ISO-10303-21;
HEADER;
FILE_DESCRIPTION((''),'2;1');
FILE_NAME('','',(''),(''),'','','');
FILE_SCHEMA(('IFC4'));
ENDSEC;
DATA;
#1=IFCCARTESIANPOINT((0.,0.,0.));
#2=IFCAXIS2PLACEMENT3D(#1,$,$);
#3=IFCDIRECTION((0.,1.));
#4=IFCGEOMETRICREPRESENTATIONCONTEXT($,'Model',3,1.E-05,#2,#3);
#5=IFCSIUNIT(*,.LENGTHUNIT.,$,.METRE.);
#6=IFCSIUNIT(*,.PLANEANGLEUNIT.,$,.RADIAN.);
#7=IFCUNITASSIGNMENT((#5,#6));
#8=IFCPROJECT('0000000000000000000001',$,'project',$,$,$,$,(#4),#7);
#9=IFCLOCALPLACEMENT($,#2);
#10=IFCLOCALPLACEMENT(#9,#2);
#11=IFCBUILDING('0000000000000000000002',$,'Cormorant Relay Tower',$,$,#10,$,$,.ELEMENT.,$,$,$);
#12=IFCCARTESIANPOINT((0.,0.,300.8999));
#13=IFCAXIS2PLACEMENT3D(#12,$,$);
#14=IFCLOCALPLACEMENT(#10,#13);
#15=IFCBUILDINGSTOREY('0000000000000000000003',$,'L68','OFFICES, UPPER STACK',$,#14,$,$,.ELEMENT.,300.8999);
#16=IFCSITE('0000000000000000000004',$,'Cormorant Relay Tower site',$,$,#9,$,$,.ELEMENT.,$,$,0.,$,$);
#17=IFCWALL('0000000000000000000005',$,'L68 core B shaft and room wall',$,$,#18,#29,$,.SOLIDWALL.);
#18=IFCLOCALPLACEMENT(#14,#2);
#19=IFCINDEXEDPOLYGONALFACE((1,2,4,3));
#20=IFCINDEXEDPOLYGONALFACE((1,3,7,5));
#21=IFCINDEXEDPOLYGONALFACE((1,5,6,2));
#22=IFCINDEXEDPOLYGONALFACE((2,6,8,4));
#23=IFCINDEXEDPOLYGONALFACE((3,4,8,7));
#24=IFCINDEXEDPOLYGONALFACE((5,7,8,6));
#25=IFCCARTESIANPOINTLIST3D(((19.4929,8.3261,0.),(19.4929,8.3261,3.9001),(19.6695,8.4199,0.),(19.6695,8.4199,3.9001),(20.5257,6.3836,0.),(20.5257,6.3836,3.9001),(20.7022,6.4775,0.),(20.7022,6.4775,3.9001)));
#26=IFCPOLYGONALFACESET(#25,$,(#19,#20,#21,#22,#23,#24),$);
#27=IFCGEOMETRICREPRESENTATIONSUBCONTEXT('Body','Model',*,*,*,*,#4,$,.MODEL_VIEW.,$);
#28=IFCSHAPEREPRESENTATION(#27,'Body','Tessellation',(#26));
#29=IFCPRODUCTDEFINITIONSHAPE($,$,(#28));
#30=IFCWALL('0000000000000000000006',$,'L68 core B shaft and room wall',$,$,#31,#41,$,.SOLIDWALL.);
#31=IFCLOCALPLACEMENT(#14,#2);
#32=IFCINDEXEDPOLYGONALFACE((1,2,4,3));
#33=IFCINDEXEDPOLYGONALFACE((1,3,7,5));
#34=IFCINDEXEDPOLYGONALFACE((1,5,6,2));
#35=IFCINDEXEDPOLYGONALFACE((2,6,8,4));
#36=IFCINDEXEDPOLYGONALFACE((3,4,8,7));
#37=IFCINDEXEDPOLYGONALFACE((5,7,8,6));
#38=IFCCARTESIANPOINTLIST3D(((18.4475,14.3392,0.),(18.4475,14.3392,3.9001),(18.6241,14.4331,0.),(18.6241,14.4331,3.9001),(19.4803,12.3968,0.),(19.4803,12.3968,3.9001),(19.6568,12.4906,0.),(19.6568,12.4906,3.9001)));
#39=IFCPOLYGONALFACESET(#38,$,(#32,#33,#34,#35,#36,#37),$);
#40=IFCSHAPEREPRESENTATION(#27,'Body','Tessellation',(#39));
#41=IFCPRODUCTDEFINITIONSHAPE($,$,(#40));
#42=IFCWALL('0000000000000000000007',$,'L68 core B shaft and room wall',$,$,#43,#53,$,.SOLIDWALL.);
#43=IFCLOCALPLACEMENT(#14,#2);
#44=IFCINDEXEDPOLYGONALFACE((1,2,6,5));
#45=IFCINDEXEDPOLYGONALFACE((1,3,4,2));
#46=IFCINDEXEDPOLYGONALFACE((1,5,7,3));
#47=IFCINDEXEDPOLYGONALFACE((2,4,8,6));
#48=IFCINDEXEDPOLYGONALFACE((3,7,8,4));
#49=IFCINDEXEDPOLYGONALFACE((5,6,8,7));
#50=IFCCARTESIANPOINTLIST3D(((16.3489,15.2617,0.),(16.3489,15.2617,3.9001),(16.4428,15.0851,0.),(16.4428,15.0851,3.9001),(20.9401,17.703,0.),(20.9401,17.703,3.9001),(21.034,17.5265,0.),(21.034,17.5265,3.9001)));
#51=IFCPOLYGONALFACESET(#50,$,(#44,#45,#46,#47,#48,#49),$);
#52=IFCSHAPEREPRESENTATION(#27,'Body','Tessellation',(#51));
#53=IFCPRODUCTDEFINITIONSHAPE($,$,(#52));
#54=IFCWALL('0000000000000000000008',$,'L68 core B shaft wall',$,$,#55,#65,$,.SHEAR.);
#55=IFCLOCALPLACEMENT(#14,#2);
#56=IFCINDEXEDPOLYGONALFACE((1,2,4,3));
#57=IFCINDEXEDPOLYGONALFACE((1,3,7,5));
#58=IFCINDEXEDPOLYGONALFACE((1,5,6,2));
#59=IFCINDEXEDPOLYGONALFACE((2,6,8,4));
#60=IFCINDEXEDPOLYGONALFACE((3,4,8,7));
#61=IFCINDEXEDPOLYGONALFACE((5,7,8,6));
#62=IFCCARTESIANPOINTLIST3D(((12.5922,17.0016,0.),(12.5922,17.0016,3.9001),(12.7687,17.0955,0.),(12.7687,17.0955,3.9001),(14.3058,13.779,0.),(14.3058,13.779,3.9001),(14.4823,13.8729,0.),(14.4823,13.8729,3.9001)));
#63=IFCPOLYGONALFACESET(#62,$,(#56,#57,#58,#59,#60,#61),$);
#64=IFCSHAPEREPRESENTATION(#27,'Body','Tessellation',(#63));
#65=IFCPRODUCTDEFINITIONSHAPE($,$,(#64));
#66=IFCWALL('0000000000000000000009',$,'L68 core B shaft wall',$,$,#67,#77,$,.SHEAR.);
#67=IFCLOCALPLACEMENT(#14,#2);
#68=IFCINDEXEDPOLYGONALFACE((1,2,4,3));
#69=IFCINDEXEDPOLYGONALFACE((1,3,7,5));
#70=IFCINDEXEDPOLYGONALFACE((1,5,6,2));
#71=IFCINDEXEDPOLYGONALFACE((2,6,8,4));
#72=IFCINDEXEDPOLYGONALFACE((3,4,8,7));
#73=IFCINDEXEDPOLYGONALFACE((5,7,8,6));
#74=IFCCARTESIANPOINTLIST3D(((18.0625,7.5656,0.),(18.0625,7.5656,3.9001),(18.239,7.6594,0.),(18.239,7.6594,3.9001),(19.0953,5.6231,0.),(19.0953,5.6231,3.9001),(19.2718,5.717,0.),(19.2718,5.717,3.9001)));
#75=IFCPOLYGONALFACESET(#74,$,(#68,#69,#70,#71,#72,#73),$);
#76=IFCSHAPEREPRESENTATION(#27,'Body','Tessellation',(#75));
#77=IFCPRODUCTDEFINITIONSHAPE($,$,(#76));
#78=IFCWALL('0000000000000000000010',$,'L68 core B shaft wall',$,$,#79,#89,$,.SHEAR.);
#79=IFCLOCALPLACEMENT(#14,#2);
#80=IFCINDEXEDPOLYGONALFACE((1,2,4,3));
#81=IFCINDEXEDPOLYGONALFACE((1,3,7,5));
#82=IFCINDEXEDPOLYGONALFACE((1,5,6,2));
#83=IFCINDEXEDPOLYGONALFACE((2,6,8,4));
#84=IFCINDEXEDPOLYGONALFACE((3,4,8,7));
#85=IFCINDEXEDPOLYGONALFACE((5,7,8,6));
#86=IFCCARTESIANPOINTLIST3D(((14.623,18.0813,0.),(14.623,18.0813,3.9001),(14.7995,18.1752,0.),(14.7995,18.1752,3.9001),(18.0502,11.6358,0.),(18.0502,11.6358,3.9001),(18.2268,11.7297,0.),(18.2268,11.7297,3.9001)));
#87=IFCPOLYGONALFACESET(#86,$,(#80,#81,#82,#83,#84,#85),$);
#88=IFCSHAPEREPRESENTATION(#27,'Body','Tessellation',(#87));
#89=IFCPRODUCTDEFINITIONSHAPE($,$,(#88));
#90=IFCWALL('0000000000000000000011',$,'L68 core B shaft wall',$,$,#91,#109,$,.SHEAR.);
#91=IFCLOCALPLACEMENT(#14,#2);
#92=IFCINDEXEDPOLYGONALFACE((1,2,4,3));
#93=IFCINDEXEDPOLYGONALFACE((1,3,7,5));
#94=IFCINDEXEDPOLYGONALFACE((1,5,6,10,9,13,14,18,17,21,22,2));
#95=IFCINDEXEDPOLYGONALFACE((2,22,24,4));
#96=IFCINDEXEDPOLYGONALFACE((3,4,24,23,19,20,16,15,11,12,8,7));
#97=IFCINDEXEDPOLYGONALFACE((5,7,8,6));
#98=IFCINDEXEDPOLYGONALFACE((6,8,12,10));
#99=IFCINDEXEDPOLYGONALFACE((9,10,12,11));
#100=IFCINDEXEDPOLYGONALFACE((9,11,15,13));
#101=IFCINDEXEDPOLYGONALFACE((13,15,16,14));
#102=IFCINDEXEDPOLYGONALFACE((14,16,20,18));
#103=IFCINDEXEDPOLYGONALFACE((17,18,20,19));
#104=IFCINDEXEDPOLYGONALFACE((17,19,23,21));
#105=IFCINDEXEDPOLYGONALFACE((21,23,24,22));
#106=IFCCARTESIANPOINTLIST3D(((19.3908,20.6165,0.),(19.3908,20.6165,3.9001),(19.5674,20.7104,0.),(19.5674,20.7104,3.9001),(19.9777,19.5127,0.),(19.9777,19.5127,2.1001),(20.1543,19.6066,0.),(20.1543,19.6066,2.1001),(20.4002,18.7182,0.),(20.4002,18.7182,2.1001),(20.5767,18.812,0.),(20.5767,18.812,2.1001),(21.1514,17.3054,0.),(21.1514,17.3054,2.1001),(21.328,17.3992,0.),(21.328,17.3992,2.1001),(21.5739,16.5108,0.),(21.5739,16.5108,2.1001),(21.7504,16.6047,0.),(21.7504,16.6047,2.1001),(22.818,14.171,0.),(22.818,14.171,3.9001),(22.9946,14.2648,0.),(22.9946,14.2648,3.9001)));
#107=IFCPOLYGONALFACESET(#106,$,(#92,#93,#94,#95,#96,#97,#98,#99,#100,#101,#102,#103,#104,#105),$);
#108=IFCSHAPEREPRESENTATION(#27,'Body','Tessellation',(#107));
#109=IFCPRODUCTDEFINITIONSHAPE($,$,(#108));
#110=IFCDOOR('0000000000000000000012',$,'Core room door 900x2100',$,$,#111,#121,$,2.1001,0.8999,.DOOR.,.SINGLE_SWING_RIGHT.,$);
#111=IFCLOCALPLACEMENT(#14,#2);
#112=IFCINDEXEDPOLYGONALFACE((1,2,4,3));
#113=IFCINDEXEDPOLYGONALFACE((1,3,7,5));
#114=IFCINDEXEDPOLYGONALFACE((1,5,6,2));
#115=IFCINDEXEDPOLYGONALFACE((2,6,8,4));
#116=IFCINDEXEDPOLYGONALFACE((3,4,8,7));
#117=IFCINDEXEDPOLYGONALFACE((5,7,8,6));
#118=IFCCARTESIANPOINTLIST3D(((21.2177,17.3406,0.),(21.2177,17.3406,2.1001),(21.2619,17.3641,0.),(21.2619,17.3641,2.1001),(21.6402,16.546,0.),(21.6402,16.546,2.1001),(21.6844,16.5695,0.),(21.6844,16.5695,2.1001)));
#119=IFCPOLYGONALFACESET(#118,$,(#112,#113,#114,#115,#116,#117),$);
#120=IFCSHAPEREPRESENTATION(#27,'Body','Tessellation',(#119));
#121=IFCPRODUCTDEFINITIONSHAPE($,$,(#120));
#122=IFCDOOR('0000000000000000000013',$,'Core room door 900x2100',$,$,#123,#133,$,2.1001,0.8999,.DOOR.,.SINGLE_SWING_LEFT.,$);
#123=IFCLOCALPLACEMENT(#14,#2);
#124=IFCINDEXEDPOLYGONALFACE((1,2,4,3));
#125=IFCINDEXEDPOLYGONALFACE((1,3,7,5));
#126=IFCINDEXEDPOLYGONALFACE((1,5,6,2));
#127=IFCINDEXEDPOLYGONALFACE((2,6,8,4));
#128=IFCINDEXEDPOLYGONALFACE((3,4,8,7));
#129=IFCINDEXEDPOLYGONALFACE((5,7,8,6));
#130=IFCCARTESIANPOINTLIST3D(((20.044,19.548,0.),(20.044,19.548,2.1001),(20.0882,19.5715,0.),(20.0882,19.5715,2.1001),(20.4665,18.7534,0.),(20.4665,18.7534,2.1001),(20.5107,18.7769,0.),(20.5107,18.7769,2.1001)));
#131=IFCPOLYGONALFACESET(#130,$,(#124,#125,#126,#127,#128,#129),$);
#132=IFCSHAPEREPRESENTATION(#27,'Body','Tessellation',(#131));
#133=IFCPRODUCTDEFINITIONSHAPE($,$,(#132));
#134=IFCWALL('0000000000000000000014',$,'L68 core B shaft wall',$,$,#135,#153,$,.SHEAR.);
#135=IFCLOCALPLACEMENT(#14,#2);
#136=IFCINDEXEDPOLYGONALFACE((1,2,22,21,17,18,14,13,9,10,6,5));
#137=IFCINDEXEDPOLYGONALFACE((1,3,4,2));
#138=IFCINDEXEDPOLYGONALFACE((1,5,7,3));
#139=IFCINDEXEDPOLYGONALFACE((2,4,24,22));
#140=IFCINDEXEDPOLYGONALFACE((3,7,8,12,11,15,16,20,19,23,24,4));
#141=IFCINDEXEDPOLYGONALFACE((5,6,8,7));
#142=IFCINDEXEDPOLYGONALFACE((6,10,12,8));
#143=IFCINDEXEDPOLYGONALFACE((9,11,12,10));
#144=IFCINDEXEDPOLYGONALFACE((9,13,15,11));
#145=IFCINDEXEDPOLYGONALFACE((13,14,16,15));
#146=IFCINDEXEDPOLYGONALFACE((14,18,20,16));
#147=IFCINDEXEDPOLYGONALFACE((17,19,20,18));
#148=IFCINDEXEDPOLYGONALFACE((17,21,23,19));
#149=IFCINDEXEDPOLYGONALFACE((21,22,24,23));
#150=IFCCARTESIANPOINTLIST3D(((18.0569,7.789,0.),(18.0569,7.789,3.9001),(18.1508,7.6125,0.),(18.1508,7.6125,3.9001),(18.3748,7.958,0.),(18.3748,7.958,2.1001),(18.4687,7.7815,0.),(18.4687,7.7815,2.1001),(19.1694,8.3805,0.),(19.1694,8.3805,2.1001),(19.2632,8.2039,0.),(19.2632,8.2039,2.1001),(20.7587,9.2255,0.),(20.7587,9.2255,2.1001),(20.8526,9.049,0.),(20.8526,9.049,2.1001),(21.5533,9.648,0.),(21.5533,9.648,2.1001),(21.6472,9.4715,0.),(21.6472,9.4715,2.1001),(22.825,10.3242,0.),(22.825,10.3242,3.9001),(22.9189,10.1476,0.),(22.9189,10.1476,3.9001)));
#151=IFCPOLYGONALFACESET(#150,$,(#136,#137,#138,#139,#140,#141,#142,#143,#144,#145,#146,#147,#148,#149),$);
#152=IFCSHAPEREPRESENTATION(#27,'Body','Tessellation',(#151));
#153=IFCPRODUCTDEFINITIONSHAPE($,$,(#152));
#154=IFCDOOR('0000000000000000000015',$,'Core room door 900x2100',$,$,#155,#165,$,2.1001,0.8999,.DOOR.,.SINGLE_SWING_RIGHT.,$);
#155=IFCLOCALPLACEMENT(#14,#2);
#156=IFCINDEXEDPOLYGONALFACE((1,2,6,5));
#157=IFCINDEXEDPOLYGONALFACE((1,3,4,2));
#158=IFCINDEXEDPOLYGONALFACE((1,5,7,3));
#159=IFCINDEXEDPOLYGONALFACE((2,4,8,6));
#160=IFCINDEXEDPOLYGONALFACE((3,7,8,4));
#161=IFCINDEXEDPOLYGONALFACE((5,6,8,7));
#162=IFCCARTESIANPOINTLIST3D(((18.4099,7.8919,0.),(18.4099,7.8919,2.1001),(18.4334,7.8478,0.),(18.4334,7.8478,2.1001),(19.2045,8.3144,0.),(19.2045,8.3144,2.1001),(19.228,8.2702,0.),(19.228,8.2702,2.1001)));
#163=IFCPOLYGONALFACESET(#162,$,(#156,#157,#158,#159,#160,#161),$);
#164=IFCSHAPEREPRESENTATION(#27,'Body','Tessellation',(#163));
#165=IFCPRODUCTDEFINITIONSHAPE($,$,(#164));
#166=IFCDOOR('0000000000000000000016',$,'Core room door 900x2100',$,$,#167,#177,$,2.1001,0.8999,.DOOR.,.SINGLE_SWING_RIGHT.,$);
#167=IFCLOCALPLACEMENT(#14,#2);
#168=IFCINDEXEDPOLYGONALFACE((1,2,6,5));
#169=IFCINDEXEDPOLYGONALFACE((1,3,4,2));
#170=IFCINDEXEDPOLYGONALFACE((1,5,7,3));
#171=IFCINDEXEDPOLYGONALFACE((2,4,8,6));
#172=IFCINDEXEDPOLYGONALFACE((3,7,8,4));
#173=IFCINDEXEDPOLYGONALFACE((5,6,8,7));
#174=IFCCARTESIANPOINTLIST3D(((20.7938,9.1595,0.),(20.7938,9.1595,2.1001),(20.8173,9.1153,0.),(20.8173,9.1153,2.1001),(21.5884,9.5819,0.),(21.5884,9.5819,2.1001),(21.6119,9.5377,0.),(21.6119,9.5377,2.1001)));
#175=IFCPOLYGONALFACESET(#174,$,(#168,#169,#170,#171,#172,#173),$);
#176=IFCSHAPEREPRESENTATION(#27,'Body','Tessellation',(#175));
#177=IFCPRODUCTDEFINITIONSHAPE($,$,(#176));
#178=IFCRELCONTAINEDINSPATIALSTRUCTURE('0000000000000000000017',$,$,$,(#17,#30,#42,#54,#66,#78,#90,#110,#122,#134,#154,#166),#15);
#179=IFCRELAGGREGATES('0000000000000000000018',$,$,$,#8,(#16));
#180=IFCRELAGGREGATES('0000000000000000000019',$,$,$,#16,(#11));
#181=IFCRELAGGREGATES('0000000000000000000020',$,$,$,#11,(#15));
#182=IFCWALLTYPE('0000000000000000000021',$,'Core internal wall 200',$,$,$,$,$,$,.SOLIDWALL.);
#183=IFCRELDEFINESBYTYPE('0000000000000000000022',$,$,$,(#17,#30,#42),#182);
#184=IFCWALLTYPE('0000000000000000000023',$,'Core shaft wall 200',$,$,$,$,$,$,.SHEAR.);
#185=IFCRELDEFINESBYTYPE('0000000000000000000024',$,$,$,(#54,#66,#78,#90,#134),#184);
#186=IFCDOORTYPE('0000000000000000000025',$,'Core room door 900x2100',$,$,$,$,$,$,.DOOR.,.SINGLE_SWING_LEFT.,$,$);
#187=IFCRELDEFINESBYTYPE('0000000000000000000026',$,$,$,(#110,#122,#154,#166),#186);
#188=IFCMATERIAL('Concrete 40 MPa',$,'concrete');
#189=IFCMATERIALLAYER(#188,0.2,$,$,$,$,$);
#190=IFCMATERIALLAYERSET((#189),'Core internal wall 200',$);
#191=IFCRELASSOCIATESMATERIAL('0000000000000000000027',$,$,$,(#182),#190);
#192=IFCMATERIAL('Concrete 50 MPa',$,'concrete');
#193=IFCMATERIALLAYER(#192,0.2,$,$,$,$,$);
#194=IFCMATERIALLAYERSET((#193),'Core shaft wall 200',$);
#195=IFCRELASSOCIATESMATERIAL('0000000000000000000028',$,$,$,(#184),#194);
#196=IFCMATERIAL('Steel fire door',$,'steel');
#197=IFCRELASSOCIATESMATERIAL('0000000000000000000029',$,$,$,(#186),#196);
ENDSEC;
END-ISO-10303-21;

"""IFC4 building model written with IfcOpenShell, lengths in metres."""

from ifc_helpers import new_model, si_unit, direction, frame, frame_2d, origin, place, context, subcontext, project, spatial, rectangle, extrude, material, layer, layer_set, type_object, element, fill, save


model = new_model("IFC4")

# Units and contexts
model_context = context("Model", 3, precision=1e-05, world=origin(), true_north=direction((0.0, 1.0)))
body_context = subcontext(model_context, "Body", "Model", "MODEL_VIEW")
ifc_project = project(units=[si_unit("LENGTHUNIT", "METRE"), si_unit("PLANEANGLEUNIT", "RADIAN")], contexts=[model_context])

# Site, building, storey
site_placement = place(None, origin())
site = spatial("IfcSite", under=ifc_project, at=site_placement, Name="Cormorant Relay Tower site", CompositionType="ELEMENT", RefElevation=0.0)
building_placement = place(site_placement, origin())
building = spatial("IfcBuilding", under=site, at=building_placement, Name="Cormorant Relay Tower", CompositionType="ELEMENT")
storey_placement = place(building_placement, frame((0.0, 0.0, 300.8999)))
storey = spatial("IfcBuildingStorey", under=building, at=storey_placement, Name="L68", Description="OFFICES, UPPER STACK", CompositionType="ELEMENT", Elevation=300.8999)

# Walls
ifc_material_1 = material(Name="Concrete 40 MPa", Category="concrete")
ifc_layer_1 = layer(ifc_material_1, 0.2)
ifc_layer_set_1 = layer_set([ifc_layer_1], Name="Core internal wall 200")
wall_type_1 = type_object("IfcWallType", Name="Core internal wall 200", PredefinedType="SOLIDWALL", material=ifc_layer_set_1)
for number, where, z_axis, x_axis, name in (
    (1, (20.614, 6.4304, 0.0), (0.0, 0.0, 1.0), (-0.469447, 0.88296, 0.0), "L68 core B shaft and room wall"),
    (2, (19.5686, 12.4436, 0.0), (0.0, 0.0, 1.0), (-0.469447, 0.88296, 0.0), "L68 core B shaft and room wall"),
):
    element("IfcWall", number, at=place(storey_placement, frame(where, z_axis=z_axis, x_axis=x_axis)), inside=storey, type_object=wall_type_1, Name=name, PredefinedType="SOLIDWALL", context=body_context, shape_type="SweptSolid", body=[
        extrude(rectangle(XDim=2.2, YDim=0.2, at=frame_2d((1.1001, 0.0))), origin(), (0.0, 0.0, 1.0), 3.9001),
    ])
wall_1_placement = place(storey_placement, frame((16.3958, 15.1733, 0.0), z_axis=(0.0, 0.0, 1.0), x_axis=(0.882935, 0.469496, 0.0)))
element("IfcWall", 3, at=wall_1_placement, inside=storey, type_object=wall_type_1, Name="L68 core B shaft and room wall", PredefinedType="SOLIDWALL", context=body_context, shape_type="SweptSolid", body=[
    extrude(rectangle(XDim=5.2, YDim=0.2, at=frame_2d((2.6001, 0.0))), origin(), (0.0, 0.0, 1.0), 3.9001),
])
ifc_material_2 = material(Name="Concrete 50 MPa", Category="concrete")
ifc_layer_2 = layer(ifc_material_2, 0.2)
ifc_layer_set_2 = layer_set([ifc_layer_2], Name="Core shaft wall 200")
wall_type_2 = type_object("IfcWallType", Name="Core shaft wall 200", PredefinedType="SHEAR", material=ifc_layer_set_2)
wall_2_placement = place(storey_placement, frame((14.394, 13.8259, 0.0), z_axis=(0.0, 0.0, 1.0), x_axis=(-0.469494, 0.882936, 0.0)))
element("IfcWall", 4, at=wall_2_placement, inside=storey, type_object=wall_type_2, Name="L68 core B shaft wall", PredefinedType="SHEAR", context=body_context, shape_type="SweptSolid", body=[
    extrude(rectangle(XDim=3.6499, YDim=0.2, at=frame_2d((1.825, 0.0))), origin(), (0.0, 0.0, 1.0), 3.9001),
])
wall_3_placement = place(storey_placement, frame((19.1836, 5.6699, 0.0), z_axis=(0.0, 0.0, 1.0), x_axis=(-0.469447, 0.88296, 0.0)))
element("IfcWall", 5, at=wall_3_placement, inside=storey, type_object=wall_type_2, Name="L68 core B shaft wall", PredefinedType="SHEAR", context=body_context, shape_type="SweptSolid", body=[
    extrude(rectangle(XDim=2.2, YDim=0.2, at=frame_2d((1.1001, 0.0))), origin(), (0.0, 0.0, 1.0), 3.9001),
])
wall_4_placement = place(storey_placement, frame((18.1384, 11.6829, 0.0), z_axis=(0.0, 0.0, 1.0), x_axis=(-0.46948, 0.882943, 0.0)))
element("IfcWall", 6, at=wall_4_placement, inside=storey, type_object=wall_type_2, Name="L68 core B shaft wall", PredefinedType="SHEAR", context=body_context, shape_type="SweptSolid", body=[
    extrude(rectangle(XDim=7.3, YDim=0.2, at=frame_2d((3.6499, 0.0))), origin(), (0.0, 0.0, 1.0), 3.9001),
])

# Walls, openings, doors
wall_5_placement = place(storey_placement, frame((22.9062, 14.218, 0.0), z_axis=(0.0, 0.0, 1.0), x_axis=(-0.46948, 0.882943, 0.0)))
wall_5 = element("IfcWall", 7, at=wall_5_placement, inside=storey, type_object=wall_type_2, Name="L68 core B shaft wall", PredefinedType="SHEAR", context=body_context, shape_type="SweptSolid", body=[
    extrude(rectangle(XDim=7.3, YDim=0.2, at=frame_2d((3.6499, 0.0))), origin(), (0.0, 0.0, 1.0), 3.9001),
])
opening_1_placement = place(wall_5_placement, frame((2.6499, 0.0, 0.0)))
opening_1 = element("IfcOpeningElement", 8, at=opening_1_placement, cuts=wall_5, PredefinedType="OPENING", context=body_context, shape_type="SweptSolid", body=[
    extrude(rectangle(XDim=0.8999, YDim=2.1001, at=frame_2d((0.45, 1.05))), frame((0.0, 0.1099, 0.0), z_axis=(0.0, -1.0, 0.0), x_axis=(1.0, 0.0, 0.0)), (0.0, 0.0, 1.0), 0.22),
])
opening_2_placement = place(wall_5_placement, frame((5.1499, 0.0, 0.0)))
opening_2 = element("IfcOpeningElement", 9, at=opening_2_placement, cuts=wall_5, PredefinedType="OPENING", context=body_context, shape_type="SweptSolid", body=[
    extrude(rectangle(XDim=0.8999, YDim=2.1001, at=frame_2d((0.45, 1.05))), frame((0.0, 0.1099, 0.0), z_axis=(0.0, -1.0, 0.0), x_axis=(1.0, 0.0, 0.0)), (0.0, 0.0, 1.0), 0.22),
])
ifc_material_3 = material(Name="Steel fire door", Category="steel")
door_type = type_object("IfcDoorType", Name="Core room door 900x2100", OperationType="SINGLE_SWING_LEFT", PredefinedType="DOOR", material=ifc_material_3)
door_1_placement = place(opening_1_placement, origin())
door_1 = element("IfcDoor", 10, at=door_1_placement, inside=storey, type_object=door_type, Name="Core room door 900x2100", OperationType="SINGLE_SWING_RIGHT", OverallHeight=2.1001, OverallWidth=0.8999, PredefinedType="DOOR", context=body_context, shape_type="SweptSolid", body=[
    extrude(rectangle(XDim=0.8999, YDim=2.1001, at=frame_2d((0.45, 1.05))), frame((0.0, 0.0249, 0.0), z_axis=(0.0, -1.0, 0.0), x_axis=(1.0, 0.0, 0.0)), (0.0, 0.0, 1.0), 0.05),
])
fill(opening_1, door_1)
door_2_placement = place(opening_2_placement, origin())
door_2 = element("IfcDoor", 11, at=door_2_placement, inside=storey, type_object=door_type, Name="Core room door 900x2100", OperationType="SINGLE_SWING_LEFT", OverallHeight=2.1001, OverallWidth=0.8999, PredefinedType="DOOR", context=body_context, shape_type="SweptSolid", body=[
    extrude(rectangle(XDim=0.8999, YDim=2.1001, at=frame_2d((0.45, 1.05))), frame((0.0, 0.0249, 0.0), z_axis=(0.0, -1.0, 0.0), x_axis=(1.0, 0.0, 0.0)), (0.0, 0.0, 1.0), 0.05),
])
fill(opening_2, door_2)
wall_6_placement = place(storey_placement, frame((18.1038, 7.7007, 0.0), z_axis=(0.0, 0.0, 1.0), x_axis=(0.882953, 0.469462, 0.0)))
wall_6 = element("IfcWall", 12, at=wall_6_placement, inside=storey, type_object=wall_type_2, Name="L68 core B shaft wall", PredefinedType="SHEAR", context=body_context, shape_type="SweptSolid", body=[
    extrude(rectangle(XDim=5.4001, YDim=0.2, at=frame_2d((2.7002, 0.0))), origin(), (0.0, 0.0, 1.0), 3.9001),
])
opening_3_placement = place(wall_6_placement, frame((0.3601, 0.0, 0.0)))
opening_3 = element("IfcOpeningElement", 13, at=opening_3_placement, cuts=wall_6, PredefinedType="OPENING", context=body_context, shape_type="SweptSolid", body=[
    extrude(rectangle(XDim=0.8999, YDim=2.1001, at=frame_2d((0.45, 1.05))), frame((0.0, 0.1099, 0.0), z_axis=(0.0, -1.0, 0.0), x_axis=(1.0, 0.0, 0.0)), (0.0, 0.0, 1.0), 0.22),
])
opening_4_placement = place(wall_6_placement, frame((3.0601, 0.0, 0.0)))
opening_4 = element("IfcOpeningElement", 14, at=opening_4_placement, cuts=wall_6, PredefinedType="OPENING", context=body_context, shape_type="SweptSolid", body=[
    extrude(rectangle(XDim=0.8999, YDim=2.1001, at=frame_2d((0.45, 1.05))), frame((0.0, 0.1099, 0.0), z_axis=(0.0, -1.0, 0.0), x_axis=(1.0, 0.0, 0.0)), (0.0, 0.0, 1.0), 0.22),
])
door_3_placement = place(opening_3_placement, frame((0.8999, 0.0, 0.0), z_axis=(0.0, 0.0, 1.0), x_axis=(-1.0, 0.0, 0.0)))
door_3 = element("IfcDoor", 15, at=door_3_placement, inside=storey, type_object=door_type, Name="Core room door 900x2100", OperationType="SINGLE_SWING_RIGHT", OverallHeight=2.1001, OverallWidth=0.8999, PredefinedType="DOOR", context=body_context, shape_type="SweptSolid", body=[
    extrude(rectangle(XDim=0.8999, YDim=2.1001, at=frame_2d((0.45, 1.05))), frame((0.0, 0.0249, 0.0), z_axis=(0.0, -1.0, 0.0), x_axis=(1.0, 0.0, 0.0)), (0.0, 0.0, 1.0), 0.05),
])
fill(opening_3, door_3)
door_4_placement = place(opening_4_placement, frame((0.8999, 0.0, 0.0), z_axis=(0.0, 0.0, 1.0), x_axis=(-1.0, 0.0, 0.0)))
door_4 = element("IfcDoor", 16, at=door_4_placement, inside=storey, type_object=door_type, Name="Core room door 900x2100", OperationType="SINGLE_SWING_RIGHT", OverallHeight=2.1001, OverallWidth=0.8999, PredefinedType="DOOR", context=body_context, shape_type="SweptSolid", body=[
    extrude(rectangle(XDim=0.8999, YDim=2.1001, at=frame_2d((0.45, 1.05))), frame((0.0, 0.0249, 0.0), z_axis=(0.0, -1.0, 0.0), x_axis=(1.0, 0.0, 0.0)), (0.0, 0.0, 1.0), 0.05),
])
fill(opening_4, door_4)

save(model, "model.ifc")
